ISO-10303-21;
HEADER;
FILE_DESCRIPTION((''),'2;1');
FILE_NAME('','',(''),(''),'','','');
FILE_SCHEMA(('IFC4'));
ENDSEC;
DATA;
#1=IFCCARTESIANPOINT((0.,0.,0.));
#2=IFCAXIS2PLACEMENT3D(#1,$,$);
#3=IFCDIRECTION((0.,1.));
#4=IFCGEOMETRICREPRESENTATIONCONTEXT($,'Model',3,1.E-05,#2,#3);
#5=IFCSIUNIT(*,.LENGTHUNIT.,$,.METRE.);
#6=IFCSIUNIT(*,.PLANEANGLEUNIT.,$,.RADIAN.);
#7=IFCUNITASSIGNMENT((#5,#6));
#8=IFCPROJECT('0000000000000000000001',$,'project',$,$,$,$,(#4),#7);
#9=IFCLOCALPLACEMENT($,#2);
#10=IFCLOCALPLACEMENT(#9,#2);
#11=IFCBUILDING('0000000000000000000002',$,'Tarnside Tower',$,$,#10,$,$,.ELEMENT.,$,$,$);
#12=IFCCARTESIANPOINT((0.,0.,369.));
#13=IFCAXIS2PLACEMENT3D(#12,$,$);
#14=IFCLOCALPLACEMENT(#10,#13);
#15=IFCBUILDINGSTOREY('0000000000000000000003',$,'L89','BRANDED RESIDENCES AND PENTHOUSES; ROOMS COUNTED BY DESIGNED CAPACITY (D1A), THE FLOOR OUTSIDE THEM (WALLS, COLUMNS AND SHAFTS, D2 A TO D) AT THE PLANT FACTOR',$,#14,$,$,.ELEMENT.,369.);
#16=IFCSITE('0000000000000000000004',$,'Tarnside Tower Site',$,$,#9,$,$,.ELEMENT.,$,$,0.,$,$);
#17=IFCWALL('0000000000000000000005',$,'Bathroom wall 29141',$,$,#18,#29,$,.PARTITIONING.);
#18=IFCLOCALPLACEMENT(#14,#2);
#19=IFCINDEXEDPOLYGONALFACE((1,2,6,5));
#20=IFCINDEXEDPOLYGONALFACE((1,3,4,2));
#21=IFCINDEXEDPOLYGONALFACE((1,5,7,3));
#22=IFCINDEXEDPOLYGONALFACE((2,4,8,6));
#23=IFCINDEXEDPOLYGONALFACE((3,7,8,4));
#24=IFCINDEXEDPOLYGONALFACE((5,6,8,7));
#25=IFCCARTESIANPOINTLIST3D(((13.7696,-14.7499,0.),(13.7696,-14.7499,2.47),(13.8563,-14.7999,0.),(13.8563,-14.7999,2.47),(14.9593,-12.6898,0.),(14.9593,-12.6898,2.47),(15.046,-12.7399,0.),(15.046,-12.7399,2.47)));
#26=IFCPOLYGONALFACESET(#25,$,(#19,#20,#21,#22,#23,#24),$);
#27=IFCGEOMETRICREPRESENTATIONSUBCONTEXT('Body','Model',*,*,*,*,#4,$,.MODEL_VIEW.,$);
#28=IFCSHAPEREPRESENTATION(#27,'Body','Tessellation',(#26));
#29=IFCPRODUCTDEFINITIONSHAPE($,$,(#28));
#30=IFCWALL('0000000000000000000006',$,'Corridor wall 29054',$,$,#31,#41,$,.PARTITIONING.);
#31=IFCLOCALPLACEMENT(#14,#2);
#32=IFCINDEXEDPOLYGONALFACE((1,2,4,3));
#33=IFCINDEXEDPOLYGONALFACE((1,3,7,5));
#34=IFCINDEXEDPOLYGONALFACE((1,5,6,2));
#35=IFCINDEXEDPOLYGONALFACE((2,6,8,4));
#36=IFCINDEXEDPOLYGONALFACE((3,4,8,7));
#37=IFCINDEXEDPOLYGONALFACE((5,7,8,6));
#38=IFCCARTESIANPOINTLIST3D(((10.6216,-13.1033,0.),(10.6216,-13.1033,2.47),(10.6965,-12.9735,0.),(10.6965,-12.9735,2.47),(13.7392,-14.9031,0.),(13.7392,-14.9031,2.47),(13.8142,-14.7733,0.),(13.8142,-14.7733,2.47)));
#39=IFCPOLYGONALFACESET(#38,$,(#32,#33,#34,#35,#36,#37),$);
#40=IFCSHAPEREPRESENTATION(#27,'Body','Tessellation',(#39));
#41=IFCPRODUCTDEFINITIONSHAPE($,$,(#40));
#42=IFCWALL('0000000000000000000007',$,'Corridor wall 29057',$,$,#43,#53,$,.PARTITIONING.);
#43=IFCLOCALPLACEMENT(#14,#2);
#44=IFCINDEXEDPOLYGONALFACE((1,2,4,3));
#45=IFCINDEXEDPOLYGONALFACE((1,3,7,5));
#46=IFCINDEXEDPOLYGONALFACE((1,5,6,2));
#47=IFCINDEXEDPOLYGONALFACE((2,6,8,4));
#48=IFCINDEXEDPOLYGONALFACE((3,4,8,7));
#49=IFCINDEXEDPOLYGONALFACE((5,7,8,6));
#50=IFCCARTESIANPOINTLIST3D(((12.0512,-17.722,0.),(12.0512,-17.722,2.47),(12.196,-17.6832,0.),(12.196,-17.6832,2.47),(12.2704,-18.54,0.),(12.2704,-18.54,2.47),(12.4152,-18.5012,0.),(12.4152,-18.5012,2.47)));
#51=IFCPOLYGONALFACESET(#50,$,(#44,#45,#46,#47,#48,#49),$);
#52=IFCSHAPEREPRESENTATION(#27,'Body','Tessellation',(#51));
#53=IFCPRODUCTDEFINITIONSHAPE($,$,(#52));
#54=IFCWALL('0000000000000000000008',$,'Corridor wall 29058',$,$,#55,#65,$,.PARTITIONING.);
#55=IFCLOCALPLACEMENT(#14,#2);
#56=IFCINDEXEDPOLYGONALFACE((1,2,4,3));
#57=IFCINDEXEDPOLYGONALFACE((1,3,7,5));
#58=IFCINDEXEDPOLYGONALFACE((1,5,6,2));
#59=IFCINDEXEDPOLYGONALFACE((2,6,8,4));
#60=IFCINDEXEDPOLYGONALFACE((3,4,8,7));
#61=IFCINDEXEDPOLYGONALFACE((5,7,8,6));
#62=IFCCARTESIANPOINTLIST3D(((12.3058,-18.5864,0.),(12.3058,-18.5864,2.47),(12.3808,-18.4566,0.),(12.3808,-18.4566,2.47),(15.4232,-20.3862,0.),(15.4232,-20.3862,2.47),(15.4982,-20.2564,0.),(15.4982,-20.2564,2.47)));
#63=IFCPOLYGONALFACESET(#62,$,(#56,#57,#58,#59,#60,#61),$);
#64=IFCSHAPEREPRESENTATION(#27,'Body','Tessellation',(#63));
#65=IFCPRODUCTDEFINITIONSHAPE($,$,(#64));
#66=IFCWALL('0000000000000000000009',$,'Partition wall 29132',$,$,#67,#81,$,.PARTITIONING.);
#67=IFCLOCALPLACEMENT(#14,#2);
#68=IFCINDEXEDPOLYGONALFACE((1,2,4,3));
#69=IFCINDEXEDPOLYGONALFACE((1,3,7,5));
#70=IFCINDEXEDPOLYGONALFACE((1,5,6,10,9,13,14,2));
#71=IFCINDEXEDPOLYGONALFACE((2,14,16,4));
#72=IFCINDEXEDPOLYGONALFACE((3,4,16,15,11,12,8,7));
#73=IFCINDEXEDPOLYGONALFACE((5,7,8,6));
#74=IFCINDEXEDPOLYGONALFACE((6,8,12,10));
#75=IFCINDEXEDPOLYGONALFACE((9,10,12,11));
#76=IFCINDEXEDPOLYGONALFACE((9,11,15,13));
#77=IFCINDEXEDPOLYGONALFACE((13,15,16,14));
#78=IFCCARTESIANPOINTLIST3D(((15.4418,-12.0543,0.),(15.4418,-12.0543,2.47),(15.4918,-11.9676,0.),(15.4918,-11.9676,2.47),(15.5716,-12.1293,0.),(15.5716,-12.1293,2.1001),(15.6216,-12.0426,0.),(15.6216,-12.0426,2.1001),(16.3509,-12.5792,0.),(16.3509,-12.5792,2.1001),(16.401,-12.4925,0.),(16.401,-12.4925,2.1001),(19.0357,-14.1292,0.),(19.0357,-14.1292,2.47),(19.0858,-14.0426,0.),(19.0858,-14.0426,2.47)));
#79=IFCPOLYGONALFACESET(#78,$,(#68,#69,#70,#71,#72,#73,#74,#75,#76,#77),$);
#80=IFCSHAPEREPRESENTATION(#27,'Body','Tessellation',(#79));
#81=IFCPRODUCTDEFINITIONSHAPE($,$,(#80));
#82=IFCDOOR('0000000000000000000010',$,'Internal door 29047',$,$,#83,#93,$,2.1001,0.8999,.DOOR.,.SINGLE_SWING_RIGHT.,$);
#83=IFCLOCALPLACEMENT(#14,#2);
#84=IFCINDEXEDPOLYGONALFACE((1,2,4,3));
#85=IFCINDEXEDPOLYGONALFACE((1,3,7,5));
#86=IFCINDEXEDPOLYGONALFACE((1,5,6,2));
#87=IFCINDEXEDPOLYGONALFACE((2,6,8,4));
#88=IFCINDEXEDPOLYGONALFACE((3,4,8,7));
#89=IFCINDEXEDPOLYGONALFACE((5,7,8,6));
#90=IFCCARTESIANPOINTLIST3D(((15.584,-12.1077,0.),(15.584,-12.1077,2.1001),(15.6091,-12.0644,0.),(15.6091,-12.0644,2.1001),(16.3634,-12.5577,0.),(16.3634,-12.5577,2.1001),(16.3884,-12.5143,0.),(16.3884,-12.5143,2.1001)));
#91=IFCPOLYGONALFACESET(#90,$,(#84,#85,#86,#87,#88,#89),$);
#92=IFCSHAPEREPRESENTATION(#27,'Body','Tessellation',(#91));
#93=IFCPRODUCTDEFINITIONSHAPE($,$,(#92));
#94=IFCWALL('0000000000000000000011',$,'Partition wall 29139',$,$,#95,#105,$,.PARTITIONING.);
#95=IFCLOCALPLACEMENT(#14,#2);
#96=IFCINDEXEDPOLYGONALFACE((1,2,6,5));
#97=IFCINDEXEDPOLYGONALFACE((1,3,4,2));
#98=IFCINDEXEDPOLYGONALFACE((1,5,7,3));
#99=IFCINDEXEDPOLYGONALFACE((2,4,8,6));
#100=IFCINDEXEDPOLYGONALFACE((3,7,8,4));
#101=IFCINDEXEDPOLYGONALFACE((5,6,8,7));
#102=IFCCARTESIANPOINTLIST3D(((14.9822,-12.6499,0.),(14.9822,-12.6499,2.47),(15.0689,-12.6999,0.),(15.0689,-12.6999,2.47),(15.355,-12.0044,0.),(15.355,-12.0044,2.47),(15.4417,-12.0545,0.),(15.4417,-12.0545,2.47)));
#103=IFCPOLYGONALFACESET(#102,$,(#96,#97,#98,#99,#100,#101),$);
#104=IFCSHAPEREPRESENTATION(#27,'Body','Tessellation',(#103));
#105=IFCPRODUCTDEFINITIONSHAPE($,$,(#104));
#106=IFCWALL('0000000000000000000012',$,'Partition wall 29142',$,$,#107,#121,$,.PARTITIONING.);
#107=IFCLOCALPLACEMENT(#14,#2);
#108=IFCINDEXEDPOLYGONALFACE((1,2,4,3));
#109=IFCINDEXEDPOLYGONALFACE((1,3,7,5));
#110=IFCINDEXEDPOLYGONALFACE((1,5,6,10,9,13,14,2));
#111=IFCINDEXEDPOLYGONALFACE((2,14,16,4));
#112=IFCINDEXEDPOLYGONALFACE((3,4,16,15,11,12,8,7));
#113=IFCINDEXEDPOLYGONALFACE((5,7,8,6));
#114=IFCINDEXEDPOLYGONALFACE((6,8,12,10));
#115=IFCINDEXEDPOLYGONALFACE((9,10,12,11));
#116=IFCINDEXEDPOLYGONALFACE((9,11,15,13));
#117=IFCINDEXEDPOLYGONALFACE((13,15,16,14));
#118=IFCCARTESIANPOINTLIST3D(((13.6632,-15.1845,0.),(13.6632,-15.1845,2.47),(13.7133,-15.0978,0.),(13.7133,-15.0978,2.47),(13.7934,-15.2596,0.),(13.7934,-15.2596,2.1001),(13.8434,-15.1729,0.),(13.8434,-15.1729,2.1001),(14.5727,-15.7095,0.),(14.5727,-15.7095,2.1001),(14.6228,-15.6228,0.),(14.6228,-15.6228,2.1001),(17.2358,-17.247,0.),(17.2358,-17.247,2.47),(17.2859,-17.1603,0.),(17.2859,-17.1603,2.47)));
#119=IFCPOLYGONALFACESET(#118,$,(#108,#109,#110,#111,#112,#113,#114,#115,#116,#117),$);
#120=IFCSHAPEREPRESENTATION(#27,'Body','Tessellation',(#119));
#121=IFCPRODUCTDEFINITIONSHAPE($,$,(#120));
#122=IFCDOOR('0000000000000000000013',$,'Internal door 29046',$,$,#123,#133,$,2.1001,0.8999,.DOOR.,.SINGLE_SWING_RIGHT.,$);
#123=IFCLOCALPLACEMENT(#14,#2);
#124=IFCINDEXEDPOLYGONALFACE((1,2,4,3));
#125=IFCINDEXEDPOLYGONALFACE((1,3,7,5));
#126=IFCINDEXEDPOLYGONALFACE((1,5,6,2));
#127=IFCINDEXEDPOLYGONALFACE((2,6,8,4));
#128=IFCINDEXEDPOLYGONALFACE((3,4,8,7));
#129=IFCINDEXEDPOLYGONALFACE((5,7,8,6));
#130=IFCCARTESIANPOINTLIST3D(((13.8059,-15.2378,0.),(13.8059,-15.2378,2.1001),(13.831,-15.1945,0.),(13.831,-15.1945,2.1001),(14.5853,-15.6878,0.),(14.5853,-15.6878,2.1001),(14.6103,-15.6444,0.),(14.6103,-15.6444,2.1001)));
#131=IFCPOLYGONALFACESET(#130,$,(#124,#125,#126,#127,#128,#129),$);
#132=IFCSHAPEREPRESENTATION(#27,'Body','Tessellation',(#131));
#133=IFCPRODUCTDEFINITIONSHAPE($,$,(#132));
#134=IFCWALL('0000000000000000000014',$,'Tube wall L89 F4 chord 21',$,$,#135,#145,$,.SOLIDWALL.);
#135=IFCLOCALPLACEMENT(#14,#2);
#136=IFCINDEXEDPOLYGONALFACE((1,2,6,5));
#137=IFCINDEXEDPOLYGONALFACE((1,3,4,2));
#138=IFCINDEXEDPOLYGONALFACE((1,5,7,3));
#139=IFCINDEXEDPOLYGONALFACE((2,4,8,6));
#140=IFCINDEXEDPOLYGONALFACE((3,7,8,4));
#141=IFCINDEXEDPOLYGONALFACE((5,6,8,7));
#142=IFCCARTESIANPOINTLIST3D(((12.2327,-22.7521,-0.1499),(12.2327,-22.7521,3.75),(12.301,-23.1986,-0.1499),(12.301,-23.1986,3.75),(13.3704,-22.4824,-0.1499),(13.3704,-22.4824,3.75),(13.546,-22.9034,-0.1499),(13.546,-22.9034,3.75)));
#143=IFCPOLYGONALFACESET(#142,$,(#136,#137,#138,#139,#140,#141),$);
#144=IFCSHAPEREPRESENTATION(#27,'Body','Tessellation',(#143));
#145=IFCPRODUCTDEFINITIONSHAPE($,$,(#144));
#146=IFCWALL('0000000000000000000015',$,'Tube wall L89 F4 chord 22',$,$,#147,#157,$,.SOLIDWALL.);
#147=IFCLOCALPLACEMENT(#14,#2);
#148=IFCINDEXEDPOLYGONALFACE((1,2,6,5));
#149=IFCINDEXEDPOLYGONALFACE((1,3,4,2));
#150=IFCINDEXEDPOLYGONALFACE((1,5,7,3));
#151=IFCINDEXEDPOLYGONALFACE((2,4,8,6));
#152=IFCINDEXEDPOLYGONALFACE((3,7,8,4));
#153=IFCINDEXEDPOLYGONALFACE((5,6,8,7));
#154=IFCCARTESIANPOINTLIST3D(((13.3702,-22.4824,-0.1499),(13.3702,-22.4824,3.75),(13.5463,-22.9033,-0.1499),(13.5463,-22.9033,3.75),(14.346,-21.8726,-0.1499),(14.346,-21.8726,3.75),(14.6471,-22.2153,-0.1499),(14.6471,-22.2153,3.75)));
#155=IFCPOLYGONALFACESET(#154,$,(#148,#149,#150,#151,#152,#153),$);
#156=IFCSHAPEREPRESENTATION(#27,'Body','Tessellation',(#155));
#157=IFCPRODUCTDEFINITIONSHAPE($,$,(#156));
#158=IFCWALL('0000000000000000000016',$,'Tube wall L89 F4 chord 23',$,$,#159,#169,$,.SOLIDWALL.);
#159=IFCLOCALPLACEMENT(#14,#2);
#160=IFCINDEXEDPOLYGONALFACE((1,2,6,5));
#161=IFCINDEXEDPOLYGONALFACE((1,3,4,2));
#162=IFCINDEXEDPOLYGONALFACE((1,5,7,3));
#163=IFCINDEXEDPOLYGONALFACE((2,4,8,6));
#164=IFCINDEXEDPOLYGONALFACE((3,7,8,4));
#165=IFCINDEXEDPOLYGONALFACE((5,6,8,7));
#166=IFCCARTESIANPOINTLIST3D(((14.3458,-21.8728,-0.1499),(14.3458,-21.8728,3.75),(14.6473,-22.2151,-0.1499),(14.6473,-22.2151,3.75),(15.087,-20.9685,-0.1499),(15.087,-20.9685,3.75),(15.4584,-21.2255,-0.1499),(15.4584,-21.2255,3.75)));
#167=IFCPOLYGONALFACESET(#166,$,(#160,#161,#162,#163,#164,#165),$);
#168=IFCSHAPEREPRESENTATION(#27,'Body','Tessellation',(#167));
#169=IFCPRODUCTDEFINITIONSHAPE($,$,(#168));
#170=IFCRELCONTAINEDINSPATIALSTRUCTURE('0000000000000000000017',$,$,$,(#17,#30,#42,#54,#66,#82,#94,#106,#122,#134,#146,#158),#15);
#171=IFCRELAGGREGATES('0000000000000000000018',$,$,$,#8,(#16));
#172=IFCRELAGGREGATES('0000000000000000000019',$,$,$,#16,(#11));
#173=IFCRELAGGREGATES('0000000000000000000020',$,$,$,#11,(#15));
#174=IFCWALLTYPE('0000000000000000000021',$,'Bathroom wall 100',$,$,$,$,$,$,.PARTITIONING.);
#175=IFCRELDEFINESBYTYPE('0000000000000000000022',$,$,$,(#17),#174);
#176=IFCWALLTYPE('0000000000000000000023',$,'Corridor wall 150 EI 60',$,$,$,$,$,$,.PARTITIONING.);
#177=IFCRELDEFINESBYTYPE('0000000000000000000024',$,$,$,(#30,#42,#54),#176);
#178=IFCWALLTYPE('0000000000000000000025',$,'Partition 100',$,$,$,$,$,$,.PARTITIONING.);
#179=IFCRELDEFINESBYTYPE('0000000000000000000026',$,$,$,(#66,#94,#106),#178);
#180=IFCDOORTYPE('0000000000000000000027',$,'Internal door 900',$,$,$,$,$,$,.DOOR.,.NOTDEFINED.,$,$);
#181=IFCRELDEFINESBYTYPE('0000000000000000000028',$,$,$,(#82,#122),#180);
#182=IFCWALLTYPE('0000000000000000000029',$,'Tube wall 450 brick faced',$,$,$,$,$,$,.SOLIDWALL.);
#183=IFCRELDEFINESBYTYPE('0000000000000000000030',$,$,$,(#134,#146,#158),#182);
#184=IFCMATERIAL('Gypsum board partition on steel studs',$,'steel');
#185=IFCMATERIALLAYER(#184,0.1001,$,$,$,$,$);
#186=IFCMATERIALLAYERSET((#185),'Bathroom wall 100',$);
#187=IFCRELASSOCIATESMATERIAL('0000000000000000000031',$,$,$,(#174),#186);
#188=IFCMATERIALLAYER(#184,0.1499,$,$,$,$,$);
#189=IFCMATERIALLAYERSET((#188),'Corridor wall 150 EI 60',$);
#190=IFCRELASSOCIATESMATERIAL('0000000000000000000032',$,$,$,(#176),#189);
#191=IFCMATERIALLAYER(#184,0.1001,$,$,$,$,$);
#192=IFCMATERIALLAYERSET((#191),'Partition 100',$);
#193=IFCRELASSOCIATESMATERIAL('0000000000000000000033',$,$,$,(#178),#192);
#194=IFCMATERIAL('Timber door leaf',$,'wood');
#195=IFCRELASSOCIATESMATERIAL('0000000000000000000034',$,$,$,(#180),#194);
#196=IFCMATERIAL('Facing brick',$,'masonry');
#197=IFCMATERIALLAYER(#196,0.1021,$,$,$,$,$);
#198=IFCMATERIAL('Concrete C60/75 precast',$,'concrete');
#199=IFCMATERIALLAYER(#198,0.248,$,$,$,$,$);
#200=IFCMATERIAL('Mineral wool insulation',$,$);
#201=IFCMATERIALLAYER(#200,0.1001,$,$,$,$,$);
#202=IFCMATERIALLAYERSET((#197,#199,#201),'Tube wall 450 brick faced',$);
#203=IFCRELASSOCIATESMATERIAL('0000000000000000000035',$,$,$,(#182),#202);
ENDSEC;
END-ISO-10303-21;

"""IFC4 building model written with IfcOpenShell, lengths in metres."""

from ifc_helpers import new_model, si_unit, direction, frame, frame_2d, origin, place, context, subcontext, project, spatial, polyline, rectangle, outline, extrude, material, layer, layer_set, type_object, element, fill, save


model = new_model("IFC4")

# Units and contexts
model_context = context("Model", 3, precision=1e-05, world=origin(), true_north=direction((0.0, 1.0)))
body_context = subcontext(model_context, "Body", "Model", "MODEL_VIEW")
ifc_project = project(units=[si_unit("LENGTHUNIT", "METRE"), si_unit("PLANEANGLEUNIT", "RADIAN")], contexts=[model_context])

# Site, building, storey
site_placement = place(None, origin())
site = spatial("IfcSite", under=ifc_project, at=site_placement, Name="Tarnside Tower Site", CompositionType="ELEMENT", RefElevation=0.0)
building_placement = place(site_placement, origin())
building = spatial("IfcBuilding", under=site, at=building_placement, Name="Tarnside Tower", CompositionType="ELEMENT")
storey_placement = place(building_placement, frame((0.0, 0.0, 369.0)))
storey = spatial("IfcBuildingStorey", under=building, at=storey_placement, Name="L89", Description="BRANDED RESIDENCES AND PENTHOUSES; ROOMS COUNTED BY DESIGNED CAPACITY (D1A), THE FLOOR OUTSIDE THEM (WALLS, COLUMNS AND SHAFTS, D2 A TO D) AT THE PLANT FACTOR", CompositionType="ELEMENT", Elevation=369.0)

# Walls
ifc_material_1 = material(Name="Gypsum board partition on steel studs", Category="steel")
ifc_layer_1 = layer(ifc_material_1, 0.1001)
ifc_layer_set_1 = layer_set([ifc_layer_1], Name="Bathroom wall 100")
wall_type_1 = type_object("IfcWallType", Name="Bathroom wall 100", PredefinedType="PARTITIONING", material=ifc_layer_set_1)
wall_1_placement = place(storey_placement, frame((13.813, -14.7749, 0.0), z_axis=(0.0, 0.0, 1.0), x_axis=(0.500101, 0.865967, 0.0)))
element("IfcWall", 1, at=wall_1_placement, inside=storey, type_object=wall_type_1, Name="Bathroom wall 29141", PredefinedType="PARTITIONING", context=body_context, shape_type="SweptSolid", body=[
    extrude(rectangle(XDim=2.3789, YDim=0.1001, at=frame_2d((1.1895, 0.0))), origin(), (0.0, 0.0, 1.0), 2.47),
])
ifc_layer_2 = layer(ifc_material_1, 0.1499)
ifc_layer_set_2 = layer_set([ifc_layer_2], Name="Corridor wall 150 EI 60")
wall_type_2 = type_object("IfcWallType", Name="Corridor wall 150 EI 60", PredefinedType="PARTITIONING", material=ifc_layer_set_2)
wall_2_placement = place(storey_placement, frame((13.7766, -14.8381, 0.0), z_axis=(0.0, 0.0, 1.0), x_axis=(-0.866048, 0.499961, 0.0)))
element("IfcWall", 2, at=wall_2_placement, inside=storey, type_object=wall_type_2, Name="Corridor wall 29054", PredefinedType="PARTITIONING", context=body_context, shape_type="SweptSolid", body=[
    extrude(rectangle(XDim=3.5999, YDim=0.1499, at=frame_2d((1.7998, 0.0))), origin(), (0.0, 0.0, 1.0), 2.47),
])
wall_3_placement = place(storey_placement, frame((12.3428, -18.5205, 0.0), z_axis=(0.0, 0.0, 1.0), x_axis=(-0.258847, 0.965918, 0.0)))
element("IfcWall", 3, at=wall_3_placement, inside=storey, type_object=wall_type_2, Name="Corridor wall 29057", PredefinedType="PARTITIONING", context=body_context, shape_type="SweptSolid", body=[
    extrude(rectangle(XDim=0.8469, YDim=0.1499, at=frame_2d((0.4233, 0.0))), origin(), (0.0, 0.0, 1.0), 2.47),
])
wall_4_placement = place(storey_placement, frame((15.4607, -20.3213, 0.0), z_axis=(0.0, 0.0, 1.0), x_axis=(-0.866031, 0.499991, 0.0)))
element("IfcWall", 4, at=wall_4_placement, inside=storey, type_object=wall_type_2, Name="Corridor wall 29058", PredefinedType="PARTITIONING", context=body_context, shape_type="SweptSolid", body=[
    extrude(rectangle(XDim=3.5996, YDim=0.1499, at=frame_2d((1.7998, 0.0))), origin(), (0.0, 0.0, 1.0), 2.47),
])

# Wall, opening, door
ifc_layer_3 = layer(ifc_material_1, 0.1001)
ifc_layer_set_3 = layer_set([ifc_layer_3], Name="Partition 100")
wall_type_3 = type_object("IfcWallType", Name="Partition 100", PredefinedType="PARTITIONING", material=ifc_layer_set_3)
wall_5_placement = place(storey_placement, frame((15.4668, -12.011, 0.0), z_axis=(0.0, 0.0, 1.0), x_axis=(0.86603, -0.499992, 0.0)))
wall_5 = element("IfcWall", 5, at=wall_5_placement, inside=storey, type_object=wall_type_3, Name="Partition wall 29132", PredefinedType="PARTITIONING", context=body_context, shape_type="SweptSolid", body=[
    extrude(rectangle(XDim=4.1499, YDim=0.1001, at=frame_2d((2.075, 0.0))), origin(), (0.0, 0.0, 1.0), 2.47),
])
opening_1_placement = place(wall_5_placement, frame((0.1499, 0.0, 0.0)))
opening_1 = element("IfcOpeningElement", 6, at=opening_1_placement, cuts=wall_5, PredefinedType="OPENING", context=body_context, shape_type="SweptSolid", body=[
    extrude(rectangle(XDim=0.8999, YDim=2.1001, at=frame_2d((0.45, 1.05))), frame((0.0, 0.0601, 0.0), z_axis=(0.0, -1.0, 0.0), x_axis=(1.0, 0.0, 0.0)), (0.0, 0.0, 1.0), 0.1201),
])
ifc_material_2 = material(Name="Timber door leaf", Category="wood")
door_type = type_object("IfcDoorType", Name="Internal door 900", OperationType="NOTDEFINED", PredefinedType="DOOR", material=ifc_material_2)
door_1_placement = place(opening_1_placement, origin())
door_1 = element("IfcDoor", 7, at=door_1_placement, inside=storey, type_object=door_type, Name="Internal door 29047", OperationType="SINGLE_SWING_RIGHT", OverallHeight=2.1001, OverallWidth=0.8999, PredefinedType="DOOR", context=body_context, shape_type="SweptSolid", body=[
    extrude(rectangle(XDim=0.8999, YDim=2.1001, at=frame_2d((0.45, 1.05))), frame((0.0, 0.0249, 0.0), z_axis=(0.0, -1.0, 0.0), x_axis=(1.0, 0.0, 0.0)), (0.0, 0.0, 1.0), 0.05),
])
fill(opening_1, door_1)

# Wall
wall_6_placement = place(storey_placement, frame((15.0256, -12.6748, 0.0), z_axis=(0.0, 0.0, 1.0), x_axis=(0.500119, 0.865956, 0.0)))
element("IfcWall", 8, at=wall_6_placement, inside=storey, type_object=wall_type_3, Name="Partition wall 29139", PredefinedType="PARTITIONING", context=body_context, shape_type="SweptSolid", body=[
    extrude(rectangle(XDim=0.7454, YDim=0.1001, at=frame_2d((0.3726, 0.0))), origin(), (0.0, 0.0, 1.0), 2.47),
])

# Wall, opening, door
wall_7_placement = place(storey_placement, frame((17.2607, -17.2036, 0.0), z_axis=(0.0, 0.0, 1.0), x_axis=(-0.866035, 0.499984, 0.0)))
wall_7 = element("IfcWall", 9, at=wall_7_placement, inside=storey, type_object=wall_type_3, Name="Partition wall 29142", PredefinedType="PARTITIONING", context=body_context, shape_type="SweptSolid", body=[
    extrude(rectangle(XDim=4.1252, YDim=0.1001, at=frame_2d((2.0625, 0.0))), origin(), (0.0, 0.0, 1.0), 2.47),
])
opening_2_placement = place(wall_7_placement, frame((3.075, 0.0, 0.0)))
opening_2 = element("IfcOpeningElement", 10, at=opening_2_placement, cuts=wall_7, PredefinedType="OPENING", context=body_context, shape_type="SweptSolid", body=[
    extrude(rectangle(XDim=0.8999, YDim=2.1001, at=frame_2d((0.45, 1.05))), frame((0.0, 0.0601, 0.0), z_axis=(0.0, -1.0, 0.0), x_axis=(1.0, 0.0, 0.0)), (0.0, 0.0, 1.0), 0.1201),
])
door_2_placement = place(opening_2_placement, origin())
door_2 = element("IfcDoor", 11, at=door_2_placement, inside=storey, type_object=door_type, Name="Internal door 29046", OperationType="SINGLE_SWING_RIGHT", OverallHeight=2.1001, OverallWidth=0.8999, PredefinedType="DOOR", context=body_context, shape_type="SweptSolid", body=[
    extrude(rectangle(XDim=0.8999, YDim=2.1001, at=frame_2d((0.45, 1.05))), frame((0.0, 0.0249, 0.0), z_axis=(0.0, -1.0, 0.0), x_axis=(1.0, 0.0, 0.0)), (0.0, 0.0, 1.0), 0.05),
])
fill(opening_2, door_2)

# Walls
ifc_material_3 = material(Name="Facing brick", Category="masonry")
ifc_layer_4 = layer(ifc_material_3, 0.1021)
ifc_material_4 = material(Name="Concrete C60/75 precast", Category="concrete")
ifc_layer_5 = layer(ifc_material_4, 0.248)
ifc_material_5 = material(Name="Mineral wool insulation")
ifc_layer_6 = layer(ifc_material_5, 0.1001)
ifc_layer_set_4 = layer_set([ifc_layer_4, ifc_layer_5, ifc_layer_6], Name="Tube wall 450 brick faced")
wall_type_4 = type_object("IfcWallType", Name="Tube wall 450 brick faced", PredefinedType="SOLIDWALL", material=ifc_layer_set_4)
wall_8_placement = place(storey_placement, frame((12.2668, -22.9753, -0.1499), z_axis=(0.0, 0.0, 1.0), x_axis=(0.973026, 0.230695, 0.0)))
element("IfcWall", 12, at=wall_8_placement, inside=storey, type_object=wall_type_4, Name="Tube wall L89 F4 chord 21", PredefinedType="SOLIDWALL", context=body_context, shape_type="SweptSolid", body=[
    extrude(outline(polyline([(-0.0183, -0.2251), (1.2612, -0.2251), (1.1875, 0.2251), (0.0183, 0.2251), (-0.0183, -0.2251)])), origin(), (0.0, 0.0, 1.0), 3.8999),
])
wall_9_placement = place(storey_placement, frame((13.4583, -22.6929, -0.1499), z_axis=(0.0, 0.0, 1.0), x_axis=(0.84801, 0.529981, 0.0)))
element("IfcWall", 13, at=wall_9_placement, inside=storey, type_object=wall_type_4, Name="Tube wall L89 F4 chord 22", PredefinedType="SOLIDWALL", context=body_context, shape_type="SweptSolid", body=[
    extrude(outline(polyline([(-0.0369, -0.2251), (1.2612, -0.2251), (1.1875, 0.2251), (0.0369, 0.2251), (-0.0369, -0.2251)])), origin(), (0.0, 0.0, 1.0), 3.8999),
])
wall_10_placement = place(storey_placement, frame((14.4966, -22.0439, -0.1499), z_axis=(0.0, 0.0, 1.0), x_axis=(0.633867, 0.773442, 0.0)))
element("IfcWall", 14, at=wall_10_placement, inside=storey, type_object=wall_type_4, Name="Tube wall L89 F4 chord 23", PredefinedType="SOLIDWALL", context=body_context, shape_type="SweptSolid", body=[
    extrude(outline(polyline([(-0.0369, -0.2251), (1.2427, -0.2251), (1.2061, 0.2251), (0.0369, 0.2251), (-0.0369, -0.2251)])), origin(), (0.0, 0.0, 1.0), 3.8999),
])

save(model, "model.ifc")
